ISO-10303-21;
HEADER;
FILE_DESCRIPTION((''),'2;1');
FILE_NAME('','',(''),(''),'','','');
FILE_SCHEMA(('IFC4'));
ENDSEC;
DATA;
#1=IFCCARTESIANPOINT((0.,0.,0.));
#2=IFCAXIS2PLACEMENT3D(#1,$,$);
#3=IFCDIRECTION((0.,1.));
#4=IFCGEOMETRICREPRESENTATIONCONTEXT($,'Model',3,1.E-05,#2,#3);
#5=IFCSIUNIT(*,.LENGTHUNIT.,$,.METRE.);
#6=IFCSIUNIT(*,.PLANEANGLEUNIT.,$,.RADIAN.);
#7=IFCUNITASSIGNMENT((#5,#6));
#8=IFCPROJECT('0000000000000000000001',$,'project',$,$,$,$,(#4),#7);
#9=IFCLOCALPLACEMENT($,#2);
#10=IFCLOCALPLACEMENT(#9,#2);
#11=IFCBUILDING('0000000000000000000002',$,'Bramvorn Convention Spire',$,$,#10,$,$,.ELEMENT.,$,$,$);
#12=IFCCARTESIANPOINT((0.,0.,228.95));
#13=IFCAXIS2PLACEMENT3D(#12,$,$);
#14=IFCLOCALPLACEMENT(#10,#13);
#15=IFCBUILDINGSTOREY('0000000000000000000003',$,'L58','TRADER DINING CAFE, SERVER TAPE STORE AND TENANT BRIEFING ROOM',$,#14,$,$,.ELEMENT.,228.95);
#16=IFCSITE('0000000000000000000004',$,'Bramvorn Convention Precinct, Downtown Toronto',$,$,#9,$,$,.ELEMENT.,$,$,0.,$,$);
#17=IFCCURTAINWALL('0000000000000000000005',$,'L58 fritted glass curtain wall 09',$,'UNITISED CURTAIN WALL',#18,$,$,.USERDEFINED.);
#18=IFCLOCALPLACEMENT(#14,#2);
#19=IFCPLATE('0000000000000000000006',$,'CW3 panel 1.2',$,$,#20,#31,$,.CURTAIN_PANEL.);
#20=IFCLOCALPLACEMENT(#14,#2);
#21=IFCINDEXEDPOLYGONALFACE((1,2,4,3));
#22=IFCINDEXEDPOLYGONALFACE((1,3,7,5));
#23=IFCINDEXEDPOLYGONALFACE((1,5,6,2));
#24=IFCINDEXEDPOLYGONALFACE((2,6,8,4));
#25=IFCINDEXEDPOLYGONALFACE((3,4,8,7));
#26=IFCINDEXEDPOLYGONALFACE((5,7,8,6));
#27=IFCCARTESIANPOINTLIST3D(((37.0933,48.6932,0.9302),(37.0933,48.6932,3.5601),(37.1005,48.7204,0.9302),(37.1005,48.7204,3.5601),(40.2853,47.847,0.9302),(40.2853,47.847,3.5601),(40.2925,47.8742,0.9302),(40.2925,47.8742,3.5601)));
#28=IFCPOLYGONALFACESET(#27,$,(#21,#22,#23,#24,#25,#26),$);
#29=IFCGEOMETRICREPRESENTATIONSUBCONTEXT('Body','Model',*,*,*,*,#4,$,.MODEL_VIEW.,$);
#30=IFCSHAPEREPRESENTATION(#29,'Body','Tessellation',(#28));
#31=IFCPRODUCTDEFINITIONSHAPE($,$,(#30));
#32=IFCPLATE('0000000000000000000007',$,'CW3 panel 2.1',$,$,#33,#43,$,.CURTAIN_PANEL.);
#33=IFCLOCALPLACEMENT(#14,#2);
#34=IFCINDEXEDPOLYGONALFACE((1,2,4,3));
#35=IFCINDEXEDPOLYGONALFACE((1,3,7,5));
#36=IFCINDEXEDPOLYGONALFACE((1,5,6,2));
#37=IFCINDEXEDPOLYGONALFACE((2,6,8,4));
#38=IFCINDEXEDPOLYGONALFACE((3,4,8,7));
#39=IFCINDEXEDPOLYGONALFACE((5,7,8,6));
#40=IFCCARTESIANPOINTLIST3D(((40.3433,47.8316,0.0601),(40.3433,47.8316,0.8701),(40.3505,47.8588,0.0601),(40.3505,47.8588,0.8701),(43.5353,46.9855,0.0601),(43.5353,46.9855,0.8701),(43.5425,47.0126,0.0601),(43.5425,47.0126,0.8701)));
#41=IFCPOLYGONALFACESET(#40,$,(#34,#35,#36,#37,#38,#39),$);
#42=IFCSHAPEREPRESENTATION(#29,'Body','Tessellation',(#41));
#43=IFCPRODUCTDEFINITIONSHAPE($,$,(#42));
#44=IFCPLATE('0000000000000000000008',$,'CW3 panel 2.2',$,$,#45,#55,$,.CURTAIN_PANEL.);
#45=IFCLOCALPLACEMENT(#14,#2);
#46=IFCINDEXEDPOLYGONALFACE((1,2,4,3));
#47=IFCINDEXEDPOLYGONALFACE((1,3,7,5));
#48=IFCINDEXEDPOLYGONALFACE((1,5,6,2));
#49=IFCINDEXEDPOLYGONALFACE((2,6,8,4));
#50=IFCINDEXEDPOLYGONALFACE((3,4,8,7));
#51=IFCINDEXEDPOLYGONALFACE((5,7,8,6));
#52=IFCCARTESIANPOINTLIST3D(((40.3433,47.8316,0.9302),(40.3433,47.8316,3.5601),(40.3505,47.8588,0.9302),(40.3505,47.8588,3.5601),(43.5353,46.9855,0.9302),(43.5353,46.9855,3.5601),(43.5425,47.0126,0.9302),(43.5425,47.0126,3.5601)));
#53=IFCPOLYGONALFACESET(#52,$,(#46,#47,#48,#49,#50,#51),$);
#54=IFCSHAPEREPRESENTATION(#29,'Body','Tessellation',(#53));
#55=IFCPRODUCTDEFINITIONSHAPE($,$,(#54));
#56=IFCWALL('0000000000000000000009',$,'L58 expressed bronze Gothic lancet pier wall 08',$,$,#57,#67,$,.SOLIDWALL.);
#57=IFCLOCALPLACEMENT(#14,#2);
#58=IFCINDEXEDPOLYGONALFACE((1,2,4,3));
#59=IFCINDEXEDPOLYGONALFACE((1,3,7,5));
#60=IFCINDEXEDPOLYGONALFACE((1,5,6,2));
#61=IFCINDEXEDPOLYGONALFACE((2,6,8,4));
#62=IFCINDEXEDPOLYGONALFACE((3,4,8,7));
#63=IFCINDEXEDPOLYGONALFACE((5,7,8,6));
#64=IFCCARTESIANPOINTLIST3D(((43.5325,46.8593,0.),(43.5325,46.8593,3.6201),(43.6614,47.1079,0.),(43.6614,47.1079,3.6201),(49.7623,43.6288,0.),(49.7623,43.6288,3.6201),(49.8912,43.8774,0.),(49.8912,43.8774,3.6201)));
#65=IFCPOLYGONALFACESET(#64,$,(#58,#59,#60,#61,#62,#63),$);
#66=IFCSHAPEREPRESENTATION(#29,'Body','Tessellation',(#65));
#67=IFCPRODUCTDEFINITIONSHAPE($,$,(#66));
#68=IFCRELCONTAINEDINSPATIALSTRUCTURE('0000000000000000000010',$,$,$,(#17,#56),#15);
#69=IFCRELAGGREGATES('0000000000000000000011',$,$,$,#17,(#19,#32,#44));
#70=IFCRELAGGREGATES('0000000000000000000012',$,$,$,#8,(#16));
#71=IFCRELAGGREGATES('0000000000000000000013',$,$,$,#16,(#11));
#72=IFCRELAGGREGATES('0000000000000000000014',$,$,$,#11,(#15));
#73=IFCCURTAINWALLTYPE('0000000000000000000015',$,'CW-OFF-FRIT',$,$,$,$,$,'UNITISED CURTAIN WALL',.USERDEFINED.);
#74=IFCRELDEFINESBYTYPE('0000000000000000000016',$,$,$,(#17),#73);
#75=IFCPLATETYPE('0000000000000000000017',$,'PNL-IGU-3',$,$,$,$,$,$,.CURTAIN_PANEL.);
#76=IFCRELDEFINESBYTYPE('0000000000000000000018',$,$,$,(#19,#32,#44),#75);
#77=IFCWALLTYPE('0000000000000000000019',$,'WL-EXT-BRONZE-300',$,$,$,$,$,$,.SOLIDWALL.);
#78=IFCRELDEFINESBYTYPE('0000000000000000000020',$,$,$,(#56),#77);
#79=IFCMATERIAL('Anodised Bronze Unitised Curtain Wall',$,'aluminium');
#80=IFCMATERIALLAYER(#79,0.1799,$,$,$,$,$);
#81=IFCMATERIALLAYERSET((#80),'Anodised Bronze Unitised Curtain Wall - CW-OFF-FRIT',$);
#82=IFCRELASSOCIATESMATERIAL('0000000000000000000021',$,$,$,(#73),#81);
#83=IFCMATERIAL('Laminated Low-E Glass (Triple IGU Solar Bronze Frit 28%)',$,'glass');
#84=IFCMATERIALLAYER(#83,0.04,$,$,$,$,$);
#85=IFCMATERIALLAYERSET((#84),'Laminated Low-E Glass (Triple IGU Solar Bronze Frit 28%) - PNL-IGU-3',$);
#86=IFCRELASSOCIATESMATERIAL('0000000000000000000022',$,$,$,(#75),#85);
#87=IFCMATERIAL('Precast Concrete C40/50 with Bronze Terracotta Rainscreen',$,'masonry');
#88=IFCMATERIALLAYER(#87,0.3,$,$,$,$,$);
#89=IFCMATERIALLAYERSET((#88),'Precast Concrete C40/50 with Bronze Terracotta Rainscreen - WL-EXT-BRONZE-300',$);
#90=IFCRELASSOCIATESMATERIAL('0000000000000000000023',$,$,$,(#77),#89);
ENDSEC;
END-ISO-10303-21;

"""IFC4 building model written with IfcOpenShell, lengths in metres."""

from ifc_helpers import new_model, si_unit, direction, frame, frame_2d, origin, origin_2d, place, context, subcontext, project, spatial, rectangle, extrude, material, layer, layer_set, type_object, element, aggregate, save


model = new_model("IFC4")

# Units and contexts
model_context = context("Model", 3, precision=1e-05, world=origin(), true_north=direction((0.0, 1.0)))
body_context = subcontext(model_context, "Body", "Model", "MODEL_VIEW")
ifc_project = project(units=[si_unit("LENGTHUNIT", "METRE"), si_unit("PLANEANGLEUNIT", "RADIAN")], contexts=[model_context])

# Site, building, storey
site_placement = place(None, origin())
site = spatial("IfcSite", under=ifc_project, at=site_placement, Name="Bramvorn Convention Precinct, Downtown Toronto", CompositionType="ELEMENT", RefElevation=0.0)
building_placement = place(site_placement, origin())
building = spatial("IfcBuilding", under=site, at=building_placement, Name="Bramvorn Convention Spire", CompositionType="ELEMENT")
storey_placement = place(building_placement, frame((0.0, 0.0, 228.95)))
storey = spatial("IfcBuildingStorey", under=building, at=storey_placement, Name="L58", Description="TRADER DINING CAFE, SERVER TAPE STORE AND TENANT BRIEFING ROOM", CompositionType="ELEMENT", Elevation=228.95)

# Curtain wall
ifc_material_1 = material(Name="Anodised Bronze Unitised Curtain Wall", Category="aluminium")
ifc_layer_1 = layer(ifc_material_1, 0.1799)
ifc_layer_set_1 = layer_set([ifc_layer_1], Name="Anodised Bronze Unitised Curtain Wall - CW-OFF-FRIT")
curtain_wall_type = type_object("IfcCurtainWallType", Name="CW-OFF-FRIT", ElementType="UNITISED CURTAIN WALL", PredefinedType="USERDEFINED", material=ifc_layer_set_1)
curtain_wall_1_placement = place(storey_placement, origin())
curtain_wall_1 = element("IfcCurtainWall", 1, at=curtain_wall_1_placement, inside=storey, type_object=curtain_wall_type, Name="L58 fritted glass curtain wall 09", ObjectType="UNITISED CURTAIN WALL", PredefinedType="USERDEFINED")

# Plates
ifc_material_2 = material(Name="Laminated Low-E Glass (Triple IGU Solar Bronze Frit 28%)", Category="glass")
ifc_layer_2 = layer(ifc_material_2, 0.04)
ifc_layer_set_2 = layer_set([ifc_layer_2], Name="Laminated Low-E Glass (Triple IGU Solar Bronze Frit 28%) - PNL-IGU-3")
plate_type = type_object("IfcPlateType", Name="PNL-IGU-3", PredefinedType="CURTAIN_PANEL", material=ifc_layer_set_2)
plate_1_placement = place(storey_placement, frame((38.6929, 48.2837, 0.9302), z_axis=(0.0, 0.0, 1.0), x_axis=(0.966612, -0.256245, 0.0)))
plate_1 = element("IfcPlate", 2, at=plate_1_placement, type_object=plate_type, Name="CW3 panel 1.2", PredefinedType="CURTAIN_PANEL", context=body_context, shape_type="SweptSolid", body=[
    extrude(rectangle(XDim=3.3022, YDim=0.0281, at=origin_2d()), origin(), (0.0, 0.0, 1.0), 2.6299),
])
plate_2_placement = place(storey_placement, frame((41.9429, 47.4221, 0.0601), z_axis=(0.0, 0.0, 1.0), x_axis=(0.966612, -0.256245, 0.0)))
plate_2 = element("IfcPlate", 3, at=plate_2_placement, type_object=plate_type, Name="CW3 panel 2.1", PredefinedType="CURTAIN_PANEL", context=body_context, shape_type="SweptSolid", body=[
    extrude(rectangle(XDim=3.3022, YDim=0.0281, at=origin_2d()), origin(), (0.0, 0.0, 1.0), 0.8101),
])
plate_3_placement = place(storey_placement, frame((41.9429, 47.4221, 0.9302), z_axis=(0.0, 0.0, 1.0), x_axis=(0.966612, -0.256245, 0.0)))
plate_3 = element("IfcPlate", 4, at=plate_3_placement, type_object=plate_type, Name="CW3 panel 2.2", PredefinedType="CURTAIN_PANEL", context=body_context, shape_type="SweptSolid", body=[
    extrude(rectangle(XDim=3.3022, YDim=0.0281, at=origin_2d()), origin(), (0.0, 0.0, 1.0), 2.6299),
])
aggregate(curtain_wall_1, [plate_1, plate_2, plate_3])

# Wall
ifc_material_3 = material(Name="Precast Concrete C40/50 with Bronze Terracotta Rainscreen", Category="masonry")
ifc_layer_3 = layer(ifc_material_3, 0.3)
ifc_layer_set_3 = layer_set([ifc_layer_3], Name="Precast Concrete C40/50 with Bronze Terracotta Rainscreen - WL-EXT-BRONZE-300")
wall_type = type_object("IfcWallType", Name="WL-EXT-BRONZE-300", PredefinedType="SOLIDWALL", material=ifc_layer_set_3)
wall_placement = place(storey_placement, frame((43.5969, 46.9836, 0.0), z_axis=(0.0, 0.0, 1.0), x_axis=(0.887741, -0.460344, 0.0)))
element("IfcWall", 5, at=wall_placement, inside=storey, type_object=wall_type, Name="L58 expressed bronze Gothic lancet pier wall 08", PredefinedType="SOLIDWALL", context=body_context, shape_type="SweptSolid", body=[
    extrude(rectangle(XDim=7.0176, YDim=0.28, at=frame_2d((3.5088, 0.0))), origin(), (0.0, 0.0, 1.0), 3.6201),
])

save(model, "model.ifc")
